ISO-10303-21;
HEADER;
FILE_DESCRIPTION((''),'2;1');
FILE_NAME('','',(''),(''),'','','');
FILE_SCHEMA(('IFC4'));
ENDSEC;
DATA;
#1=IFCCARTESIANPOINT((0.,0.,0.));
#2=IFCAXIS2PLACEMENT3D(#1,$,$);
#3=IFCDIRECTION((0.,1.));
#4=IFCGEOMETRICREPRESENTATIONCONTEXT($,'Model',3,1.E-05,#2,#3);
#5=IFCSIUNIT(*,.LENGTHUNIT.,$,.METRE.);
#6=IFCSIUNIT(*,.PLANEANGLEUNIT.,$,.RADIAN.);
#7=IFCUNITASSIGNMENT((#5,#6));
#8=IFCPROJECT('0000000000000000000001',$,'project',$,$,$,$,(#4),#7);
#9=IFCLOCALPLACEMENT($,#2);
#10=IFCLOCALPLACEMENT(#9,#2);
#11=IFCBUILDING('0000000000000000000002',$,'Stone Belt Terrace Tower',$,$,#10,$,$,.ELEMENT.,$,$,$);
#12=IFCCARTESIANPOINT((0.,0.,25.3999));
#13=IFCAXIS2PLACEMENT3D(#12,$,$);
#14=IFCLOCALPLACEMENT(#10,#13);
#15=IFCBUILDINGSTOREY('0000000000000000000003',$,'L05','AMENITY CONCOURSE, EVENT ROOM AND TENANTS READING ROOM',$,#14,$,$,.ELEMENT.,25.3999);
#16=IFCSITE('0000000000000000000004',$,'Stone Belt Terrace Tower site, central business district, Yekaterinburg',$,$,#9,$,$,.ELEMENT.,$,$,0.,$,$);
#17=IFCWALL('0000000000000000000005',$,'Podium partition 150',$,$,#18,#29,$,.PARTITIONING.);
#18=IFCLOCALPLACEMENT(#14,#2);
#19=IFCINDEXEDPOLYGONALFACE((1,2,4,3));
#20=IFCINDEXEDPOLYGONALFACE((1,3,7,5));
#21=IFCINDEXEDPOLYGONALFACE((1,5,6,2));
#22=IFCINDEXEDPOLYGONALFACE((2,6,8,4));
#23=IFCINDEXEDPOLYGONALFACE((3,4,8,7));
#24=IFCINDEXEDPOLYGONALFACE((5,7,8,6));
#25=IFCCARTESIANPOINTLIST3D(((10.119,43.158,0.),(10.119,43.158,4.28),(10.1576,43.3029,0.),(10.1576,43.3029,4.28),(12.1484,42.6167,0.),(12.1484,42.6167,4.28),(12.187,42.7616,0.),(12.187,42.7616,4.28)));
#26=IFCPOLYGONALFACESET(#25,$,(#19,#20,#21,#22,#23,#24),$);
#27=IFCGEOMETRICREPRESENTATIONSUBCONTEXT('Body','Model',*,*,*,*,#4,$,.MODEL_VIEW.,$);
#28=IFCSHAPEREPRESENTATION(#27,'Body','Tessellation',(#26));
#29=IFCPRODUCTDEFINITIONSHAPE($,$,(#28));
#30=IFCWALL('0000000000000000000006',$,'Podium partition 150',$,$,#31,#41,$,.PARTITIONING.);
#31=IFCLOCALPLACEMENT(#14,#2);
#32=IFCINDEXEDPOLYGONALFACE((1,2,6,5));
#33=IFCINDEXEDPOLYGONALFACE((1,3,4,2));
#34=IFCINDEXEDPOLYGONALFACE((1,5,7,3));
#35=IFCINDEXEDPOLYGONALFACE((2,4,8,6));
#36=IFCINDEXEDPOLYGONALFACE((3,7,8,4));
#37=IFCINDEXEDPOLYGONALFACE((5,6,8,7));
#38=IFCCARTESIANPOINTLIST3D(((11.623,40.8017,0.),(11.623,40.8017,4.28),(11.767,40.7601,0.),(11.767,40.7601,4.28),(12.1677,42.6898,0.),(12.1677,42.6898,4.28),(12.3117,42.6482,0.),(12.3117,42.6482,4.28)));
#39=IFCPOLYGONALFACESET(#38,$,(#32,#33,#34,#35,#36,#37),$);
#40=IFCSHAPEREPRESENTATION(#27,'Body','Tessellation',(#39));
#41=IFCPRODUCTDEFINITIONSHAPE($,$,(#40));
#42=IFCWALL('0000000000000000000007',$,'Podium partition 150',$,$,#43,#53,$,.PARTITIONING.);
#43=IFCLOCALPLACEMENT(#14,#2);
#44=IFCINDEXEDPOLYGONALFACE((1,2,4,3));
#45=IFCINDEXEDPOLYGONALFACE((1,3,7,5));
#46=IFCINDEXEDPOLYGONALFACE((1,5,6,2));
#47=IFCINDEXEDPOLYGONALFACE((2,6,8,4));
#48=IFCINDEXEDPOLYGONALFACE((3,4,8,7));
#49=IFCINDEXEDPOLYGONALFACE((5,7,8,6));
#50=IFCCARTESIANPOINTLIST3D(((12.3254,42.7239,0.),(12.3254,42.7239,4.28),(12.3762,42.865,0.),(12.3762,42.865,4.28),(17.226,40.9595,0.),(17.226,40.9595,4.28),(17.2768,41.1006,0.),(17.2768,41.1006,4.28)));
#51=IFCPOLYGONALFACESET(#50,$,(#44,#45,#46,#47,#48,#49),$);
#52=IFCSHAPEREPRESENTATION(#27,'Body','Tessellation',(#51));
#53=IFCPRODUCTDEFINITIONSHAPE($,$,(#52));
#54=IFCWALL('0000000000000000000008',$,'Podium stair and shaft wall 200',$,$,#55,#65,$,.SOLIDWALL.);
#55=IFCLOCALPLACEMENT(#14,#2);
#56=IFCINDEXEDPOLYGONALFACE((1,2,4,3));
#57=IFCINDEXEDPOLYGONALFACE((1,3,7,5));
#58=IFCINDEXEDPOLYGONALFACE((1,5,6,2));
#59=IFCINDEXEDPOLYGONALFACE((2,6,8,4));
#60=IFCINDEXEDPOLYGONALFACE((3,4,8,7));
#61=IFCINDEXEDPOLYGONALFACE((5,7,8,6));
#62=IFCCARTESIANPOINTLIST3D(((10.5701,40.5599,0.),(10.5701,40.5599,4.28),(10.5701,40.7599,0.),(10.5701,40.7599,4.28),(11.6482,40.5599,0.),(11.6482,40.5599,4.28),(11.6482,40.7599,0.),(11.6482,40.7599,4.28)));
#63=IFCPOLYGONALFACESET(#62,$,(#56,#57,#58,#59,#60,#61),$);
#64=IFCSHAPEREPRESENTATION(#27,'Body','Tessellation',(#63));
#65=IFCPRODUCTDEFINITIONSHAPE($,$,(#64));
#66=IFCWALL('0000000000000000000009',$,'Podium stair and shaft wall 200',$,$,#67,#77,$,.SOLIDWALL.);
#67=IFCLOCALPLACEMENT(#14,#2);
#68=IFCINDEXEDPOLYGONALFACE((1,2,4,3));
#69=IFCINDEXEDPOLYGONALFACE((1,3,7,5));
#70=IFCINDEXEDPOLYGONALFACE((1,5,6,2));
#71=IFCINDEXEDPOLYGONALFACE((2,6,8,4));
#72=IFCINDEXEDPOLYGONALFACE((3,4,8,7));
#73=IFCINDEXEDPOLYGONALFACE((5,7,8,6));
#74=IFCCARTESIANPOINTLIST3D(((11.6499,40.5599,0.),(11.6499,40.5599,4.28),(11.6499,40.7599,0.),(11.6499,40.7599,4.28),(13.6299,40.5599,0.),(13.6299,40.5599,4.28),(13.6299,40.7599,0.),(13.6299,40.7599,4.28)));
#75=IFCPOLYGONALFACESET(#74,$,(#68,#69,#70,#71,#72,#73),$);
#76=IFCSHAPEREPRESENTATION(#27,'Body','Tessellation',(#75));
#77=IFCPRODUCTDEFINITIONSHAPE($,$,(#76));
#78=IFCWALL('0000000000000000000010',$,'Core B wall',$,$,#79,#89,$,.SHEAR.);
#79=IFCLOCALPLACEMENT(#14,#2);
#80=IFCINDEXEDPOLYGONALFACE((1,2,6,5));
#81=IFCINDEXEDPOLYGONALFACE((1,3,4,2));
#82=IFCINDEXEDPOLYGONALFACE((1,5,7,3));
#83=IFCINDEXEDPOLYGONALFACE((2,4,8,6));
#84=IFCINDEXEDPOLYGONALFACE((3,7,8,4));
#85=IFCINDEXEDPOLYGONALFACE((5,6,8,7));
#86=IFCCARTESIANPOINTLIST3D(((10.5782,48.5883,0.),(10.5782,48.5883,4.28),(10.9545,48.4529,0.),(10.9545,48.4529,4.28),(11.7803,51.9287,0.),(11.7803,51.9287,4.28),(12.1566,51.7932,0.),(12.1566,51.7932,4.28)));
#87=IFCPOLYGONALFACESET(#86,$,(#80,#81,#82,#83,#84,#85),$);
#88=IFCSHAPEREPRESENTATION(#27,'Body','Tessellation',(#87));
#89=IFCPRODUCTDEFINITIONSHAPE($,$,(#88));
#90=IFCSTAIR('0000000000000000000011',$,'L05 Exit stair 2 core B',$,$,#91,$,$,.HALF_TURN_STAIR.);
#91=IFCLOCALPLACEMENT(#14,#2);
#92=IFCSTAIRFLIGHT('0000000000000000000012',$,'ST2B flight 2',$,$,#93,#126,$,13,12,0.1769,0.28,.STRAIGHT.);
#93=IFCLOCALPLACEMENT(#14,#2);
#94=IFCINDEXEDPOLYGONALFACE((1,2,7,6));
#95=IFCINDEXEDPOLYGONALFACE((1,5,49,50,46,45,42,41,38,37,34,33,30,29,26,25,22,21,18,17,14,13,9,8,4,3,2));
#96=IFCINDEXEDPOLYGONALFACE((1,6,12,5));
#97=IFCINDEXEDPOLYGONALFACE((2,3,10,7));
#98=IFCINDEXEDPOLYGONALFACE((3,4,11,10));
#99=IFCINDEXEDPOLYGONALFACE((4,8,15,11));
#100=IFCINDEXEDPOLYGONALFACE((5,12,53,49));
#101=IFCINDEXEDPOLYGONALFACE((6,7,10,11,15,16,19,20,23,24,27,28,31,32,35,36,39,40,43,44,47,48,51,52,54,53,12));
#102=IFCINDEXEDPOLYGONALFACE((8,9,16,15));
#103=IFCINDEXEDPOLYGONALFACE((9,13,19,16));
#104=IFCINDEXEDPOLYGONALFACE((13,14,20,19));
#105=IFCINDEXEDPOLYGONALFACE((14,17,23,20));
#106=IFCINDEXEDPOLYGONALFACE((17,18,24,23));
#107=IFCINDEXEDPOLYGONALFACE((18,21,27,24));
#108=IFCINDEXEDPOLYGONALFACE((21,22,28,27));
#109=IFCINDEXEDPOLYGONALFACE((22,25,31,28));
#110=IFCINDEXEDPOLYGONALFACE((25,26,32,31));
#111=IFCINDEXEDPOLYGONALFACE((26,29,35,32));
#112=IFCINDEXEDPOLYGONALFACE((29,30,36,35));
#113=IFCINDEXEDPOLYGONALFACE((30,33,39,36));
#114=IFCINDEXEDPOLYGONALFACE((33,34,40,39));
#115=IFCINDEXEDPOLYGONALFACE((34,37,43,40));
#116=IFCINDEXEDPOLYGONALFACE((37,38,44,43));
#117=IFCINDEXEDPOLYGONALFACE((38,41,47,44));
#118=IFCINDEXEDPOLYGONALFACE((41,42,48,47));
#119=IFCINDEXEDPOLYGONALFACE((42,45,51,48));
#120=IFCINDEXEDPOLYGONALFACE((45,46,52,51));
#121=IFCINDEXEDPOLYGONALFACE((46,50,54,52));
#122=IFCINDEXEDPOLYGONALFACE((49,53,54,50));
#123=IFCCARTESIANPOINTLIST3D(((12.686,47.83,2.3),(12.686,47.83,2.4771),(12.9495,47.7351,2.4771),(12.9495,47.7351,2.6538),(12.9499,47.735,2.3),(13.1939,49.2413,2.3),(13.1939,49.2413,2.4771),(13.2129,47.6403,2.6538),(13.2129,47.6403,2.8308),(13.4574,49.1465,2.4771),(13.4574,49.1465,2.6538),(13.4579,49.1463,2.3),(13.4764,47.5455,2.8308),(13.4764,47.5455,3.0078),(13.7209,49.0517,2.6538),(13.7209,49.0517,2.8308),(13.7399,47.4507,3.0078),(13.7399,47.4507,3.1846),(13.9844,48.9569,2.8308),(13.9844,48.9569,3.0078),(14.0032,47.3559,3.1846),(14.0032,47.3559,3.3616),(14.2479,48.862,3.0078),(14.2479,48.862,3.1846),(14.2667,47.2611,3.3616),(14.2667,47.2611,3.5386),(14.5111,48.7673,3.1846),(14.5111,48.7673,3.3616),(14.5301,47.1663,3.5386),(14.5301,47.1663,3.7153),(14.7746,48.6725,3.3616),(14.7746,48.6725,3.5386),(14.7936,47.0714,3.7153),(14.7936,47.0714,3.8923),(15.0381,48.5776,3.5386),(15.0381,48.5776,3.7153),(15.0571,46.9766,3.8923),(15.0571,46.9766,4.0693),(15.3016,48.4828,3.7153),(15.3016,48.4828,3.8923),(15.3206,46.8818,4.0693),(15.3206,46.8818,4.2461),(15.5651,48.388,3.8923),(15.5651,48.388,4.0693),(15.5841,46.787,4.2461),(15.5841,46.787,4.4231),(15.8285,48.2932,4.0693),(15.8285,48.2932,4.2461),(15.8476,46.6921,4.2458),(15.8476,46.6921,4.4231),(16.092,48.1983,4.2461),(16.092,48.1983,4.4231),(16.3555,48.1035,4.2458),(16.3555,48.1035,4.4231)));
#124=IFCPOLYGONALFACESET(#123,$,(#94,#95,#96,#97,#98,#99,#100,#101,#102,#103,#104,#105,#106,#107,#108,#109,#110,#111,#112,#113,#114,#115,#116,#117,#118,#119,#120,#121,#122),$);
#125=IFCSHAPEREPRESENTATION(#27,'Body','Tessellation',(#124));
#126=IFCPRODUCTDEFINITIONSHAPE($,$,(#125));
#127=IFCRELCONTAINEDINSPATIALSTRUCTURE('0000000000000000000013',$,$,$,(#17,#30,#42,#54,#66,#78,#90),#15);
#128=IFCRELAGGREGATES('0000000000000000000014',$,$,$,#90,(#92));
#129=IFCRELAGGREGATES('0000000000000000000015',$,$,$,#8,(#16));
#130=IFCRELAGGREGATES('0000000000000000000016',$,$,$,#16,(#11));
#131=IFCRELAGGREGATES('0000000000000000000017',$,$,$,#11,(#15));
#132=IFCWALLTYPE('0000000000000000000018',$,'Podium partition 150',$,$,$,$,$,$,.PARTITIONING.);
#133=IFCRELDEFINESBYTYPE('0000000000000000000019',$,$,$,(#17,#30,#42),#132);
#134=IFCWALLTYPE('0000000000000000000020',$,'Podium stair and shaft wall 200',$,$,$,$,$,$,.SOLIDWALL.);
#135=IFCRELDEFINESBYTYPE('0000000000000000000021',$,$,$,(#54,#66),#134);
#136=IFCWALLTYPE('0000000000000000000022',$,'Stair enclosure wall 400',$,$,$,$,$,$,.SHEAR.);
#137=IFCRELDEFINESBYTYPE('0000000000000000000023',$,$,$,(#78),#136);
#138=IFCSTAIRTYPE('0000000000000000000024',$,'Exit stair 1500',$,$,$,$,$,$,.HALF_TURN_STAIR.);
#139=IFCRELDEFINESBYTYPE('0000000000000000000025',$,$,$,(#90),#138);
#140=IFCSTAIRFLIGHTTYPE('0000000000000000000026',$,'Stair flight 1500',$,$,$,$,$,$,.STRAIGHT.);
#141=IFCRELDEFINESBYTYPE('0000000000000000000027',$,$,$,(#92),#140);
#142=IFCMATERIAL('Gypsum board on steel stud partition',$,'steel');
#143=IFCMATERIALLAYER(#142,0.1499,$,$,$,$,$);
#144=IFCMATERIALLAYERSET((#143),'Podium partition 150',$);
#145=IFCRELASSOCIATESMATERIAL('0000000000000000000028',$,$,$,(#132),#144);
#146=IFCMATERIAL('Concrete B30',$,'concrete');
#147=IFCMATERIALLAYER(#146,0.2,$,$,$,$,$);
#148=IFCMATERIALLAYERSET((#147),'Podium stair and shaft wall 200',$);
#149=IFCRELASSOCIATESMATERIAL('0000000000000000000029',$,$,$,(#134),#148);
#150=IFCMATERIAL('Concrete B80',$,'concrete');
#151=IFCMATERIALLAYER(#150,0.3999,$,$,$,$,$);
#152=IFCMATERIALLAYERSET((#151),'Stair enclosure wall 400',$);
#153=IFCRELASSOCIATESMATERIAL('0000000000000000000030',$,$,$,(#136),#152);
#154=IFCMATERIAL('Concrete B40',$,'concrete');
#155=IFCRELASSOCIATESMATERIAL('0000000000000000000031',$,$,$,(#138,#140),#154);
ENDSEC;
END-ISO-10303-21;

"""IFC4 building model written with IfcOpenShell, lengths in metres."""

from ifc_helpers import new_model, si_unit, direction, frame, frame_2d, origin, place, context, subcontext, project, spatial, polyline, rectangle, outline, extrude, material, layer, layer_set, type_object, element, aggregate, save


model = new_model("IFC4")

# Units and contexts
model_context = context("Model", 3, precision=1e-05, world=origin(), true_north=direction((0.0, 1.0)))
body_context = subcontext(model_context, "Body", "Model", "MODEL_VIEW")
ifc_project = project(units=[si_unit("LENGTHUNIT", "METRE"), si_unit("PLANEANGLEUNIT", "RADIAN")], contexts=[model_context])

# Site, building, storey
site_placement = place(None, origin())
site = spatial("IfcSite", under=ifc_project, at=site_placement, Name="Stone Belt Terrace Tower site, central business district, Yekaterinburg", CompositionType="ELEMENT", RefElevation=0.0)
building_placement = place(site_placement, origin())
building = spatial("IfcBuilding", under=site, at=building_placement, Name="Stone Belt Terrace Tower", CompositionType="ELEMENT")
storey_placement = place(building_placement, frame((0.0, 0.0, 25.3999)))
storey = spatial("IfcBuildingStorey", under=building, at=storey_placement, Name="L05", Description="AMENITY CONCOURSE, EVENT ROOM AND TENANTS READING ROOM", CompositionType="ELEMENT", Elevation=25.3999)

# Shared definitions
ifc_material_1 = material(Name="Concrete B80", Category="concrete")

# Shared definitions
ifc_material_2 = material(Name="Gypsum board on steel stud partition", Category="steel")
ifc_layer_1 = layer(ifc_material_2, 0.1499)
ifc_layer_set_1 = layer_set([ifc_layer_1], Name="Podium partition 150")
wall_type_1 = type_object("IfcWallType", Name="Podium partition 150", PredefinedType="PARTITIONING", material=ifc_layer_set_1)

# Walls
wall_1_placement = place(storey_placement, frame((10.1382, 43.2305, 0.0), z_axis=(0.0, 0.0, 1.0), x_axis=(0.966221, -0.257713, 0.0)))
element("IfcWall", 1, at=wall_1_placement, inside=storey, type_object=wall_type_1, Name="Podium partition 150", PredefinedType="PARTITIONING", context=body_context, shape_type="SweptSolid", body=[
    extrude(rectangle(XDim=2.1003, YDim=0.1499, at=frame_2d((1.0503, 0.0))), origin(), (0.0, 0.0, 1.0), 4.28),
])
wall_2_placement = place(storey_placement, frame((11.6951, 40.781, 0.0), z_axis=(0.0, 0.0, 1.0), x_axis=(0.277165, 0.960822, 0.0)))
element("IfcWall", 2, at=wall_2_placement, inside=storey, type_object=wall_type_1, Name="Podium partition 150", PredefinedType="PARTITIONING", context=body_context, shape_type="SweptSolid", body=[
    extrude(rectangle(XDim=1.9651, YDim=0.1499, at=frame_2d((0.9824, 0.0))), origin(), (0.0, 0.0, 1.0), 4.28),
])
wall_3_placement = place(storey_placement, frame((12.3508, 42.7944, 0.0), z_axis=(0.0, 0.0, 1.0), x_axis=(0.940877, -0.338749, 0.0)))
element("IfcWall", 3, at=wall_3_placement, inside=storey, type_object=wall_type_1, Name="Podium partition 150", PredefinedType="PARTITIONING", context=body_context, shape_type="SweptSolid", body=[
    extrude(rectangle(XDim=5.2085, YDim=0.1499, at=frame_2d((2.6042, 0.0))), origin(), (0.0, 0.0, 1.0), 4.28),
])
ifc_material_3 = material(Name="Concrete B30", Category="concrete")
ifc_layer_2 = layer(ifc_material_3, 0.2)
ifc_layer_set_2 = layer_set([ifc_layer_2], Name="Podium stair and shaft wall 200")
wall_type_2 = type_object("IfcWallType", Name="Podium stair and shaft wall 200", PredefinedType="SOLIDWALL", material=ifc_layer_set_2)
wall_4_placement = place(storey_placement, frame((10.5701, 40.6599, 0.0), z_axis=(0.0, 0.0, 1.0), x_axis=(1.0, 0.0, 0.0)))
element("IfcWall", 4, at=wall_4_placement, inside=storey, type_object=wall_type_2, Name="Podium stair and shaft wall 200", PredefinedType="SOLIDWALL", context=body_context, shape_type="SweptSolid", body=[
    extrude(rectangle(XDim=1.0781, YDim=0.2, at=frame_2d((0.5391, 0.0))), origin(), (0.0, 0.0, 1.0), 4.28),
])
wall_5_placement = place(storey_placement, frame((11.6499, 40.6599, 0.0), z_axis=(0.0, 0.0, 1.0), x_axis=(1.0, 0.0, 0.0)))
element("IfcWall", 5, at=wall_5_placement, inside=storey, type_object=wall_type_2, Name="Podium stair and shaft wall 200", PredefinedType="SOLIDWALL", context=body_context, shape_type="SweptSolid", body=[
    extrude(rectangle(XDim=1.98, YDim=0.2, at=frame_2d((0.99, 0.0))), origin(), (0.0, 0.0, 1.0), 4.28),
])
ifc_layer_3 = layer(ifc_material_1, 0.3999)
ifc_layer_set_3 = layer_set([ifc_layer_3], Name="Stair enclosure wall 400")
wall_type_3 = type_object("IfcWallType", Name="Stair enclosure wall 400", PredefinedType="SHEAR", material=ifc_layer_set_3)
wall_6_placement = place(storey_placement, frame((10.7664, 48.5208, 0.0), z_axis=(0.0, 0.0, 1.0), x_axis=(0.338627, 0.940921, 0.0)))
element("IfcWall", 6, at=wall_6_placement, inside=storey, type_object=wall_type_3, Name="Core B wall", PredefinedType="SHEAR", context=body_context, shape_type="SweptSolid", body=[
    extrude(rectangle(XDim=3.55, YDim=0.3999, at=frame_2d((1.7749, 0.0))), origin(), (0.0, 0.0, 1.0), 4.28),
])

# Stair, stair flight
ifc_material_4 = material(Name="Concrete B40", Category="concrete")
stair_type = type_object("IfcStairType", Name="Exit stair 1500", PredefinedType="HALF_TURN_STAIR", material=ifc_material_4)
stair_placement = place(storey_placement, origin())
stair = element("IfcStair", 7, at=stair_placement, inside=storey, type_object=stair_type, Name="L05 Exit stair 2 core B", PredefinedType="HALF_TURN_STAIR")
stair_flight_type = type_object("IfcStairFlightType", Name="Stair flight 1500", PredefinedType="STRAIGHT", material=ifc_material_4)
stair_flight_placement = place(storey_placement, frame((12.9399, 48.5356, 2.3), z_axis=(0.0, 0.0, 1.0), x_axis=(0.940922, -0.338624, 0.0)))
stair_flight = element("IfcStairFlight", 8, at=stair_flight_placement, type_object=stair_flight_type, Name="ST2B flight 2", NumberOfRisers=13, NumberOfTreads=12, PredefinedType="STRAIGHT", RiserHeight=0.1769, TreadLength=0.28, context=body_context, shape_type="SweptSolid", body=[
    extrude(outline(polyline([(0.0, 0.0), (0.0, 0.177), (0.28, 0.177), (0.28, 0.3538), (0.5601, 0.3538), (0.5601, 0.5308), (0.8401, 0.5308), (0.8401, 0.7078), (1.1201, 0.7078), (1.1201, 0.8845), (1.3999, 0.8845), (1.3999, 1.0615), (1.6799, 1.0615), (1.6799, 1.2385), (1.96, 1.2385), (1.96, 1.4153), (2.24, 1.4153), (2.24, 1.5923), (2.52, 1.5923), (2.52, 1.7693), (2.8, 1.7693), (2.8, 1.946), (3.0801, 1.946), (3.0801, 2.123), (3.3601, 2.123), (3.3601, 2.3), (3.3601, 1.9458), (0.2805, 0.0), (0.0, 0.0)])), frame((0.0, 0.75, 0.0), z_axis=(0.0, -1.0, 0.0), x_axis=(1.0, 0.0, 0.0)), (0.0, 0.0, 1.0), 1.5),
])
aggregate(stair, [stair_flight])

save(model, "model.ifc")
